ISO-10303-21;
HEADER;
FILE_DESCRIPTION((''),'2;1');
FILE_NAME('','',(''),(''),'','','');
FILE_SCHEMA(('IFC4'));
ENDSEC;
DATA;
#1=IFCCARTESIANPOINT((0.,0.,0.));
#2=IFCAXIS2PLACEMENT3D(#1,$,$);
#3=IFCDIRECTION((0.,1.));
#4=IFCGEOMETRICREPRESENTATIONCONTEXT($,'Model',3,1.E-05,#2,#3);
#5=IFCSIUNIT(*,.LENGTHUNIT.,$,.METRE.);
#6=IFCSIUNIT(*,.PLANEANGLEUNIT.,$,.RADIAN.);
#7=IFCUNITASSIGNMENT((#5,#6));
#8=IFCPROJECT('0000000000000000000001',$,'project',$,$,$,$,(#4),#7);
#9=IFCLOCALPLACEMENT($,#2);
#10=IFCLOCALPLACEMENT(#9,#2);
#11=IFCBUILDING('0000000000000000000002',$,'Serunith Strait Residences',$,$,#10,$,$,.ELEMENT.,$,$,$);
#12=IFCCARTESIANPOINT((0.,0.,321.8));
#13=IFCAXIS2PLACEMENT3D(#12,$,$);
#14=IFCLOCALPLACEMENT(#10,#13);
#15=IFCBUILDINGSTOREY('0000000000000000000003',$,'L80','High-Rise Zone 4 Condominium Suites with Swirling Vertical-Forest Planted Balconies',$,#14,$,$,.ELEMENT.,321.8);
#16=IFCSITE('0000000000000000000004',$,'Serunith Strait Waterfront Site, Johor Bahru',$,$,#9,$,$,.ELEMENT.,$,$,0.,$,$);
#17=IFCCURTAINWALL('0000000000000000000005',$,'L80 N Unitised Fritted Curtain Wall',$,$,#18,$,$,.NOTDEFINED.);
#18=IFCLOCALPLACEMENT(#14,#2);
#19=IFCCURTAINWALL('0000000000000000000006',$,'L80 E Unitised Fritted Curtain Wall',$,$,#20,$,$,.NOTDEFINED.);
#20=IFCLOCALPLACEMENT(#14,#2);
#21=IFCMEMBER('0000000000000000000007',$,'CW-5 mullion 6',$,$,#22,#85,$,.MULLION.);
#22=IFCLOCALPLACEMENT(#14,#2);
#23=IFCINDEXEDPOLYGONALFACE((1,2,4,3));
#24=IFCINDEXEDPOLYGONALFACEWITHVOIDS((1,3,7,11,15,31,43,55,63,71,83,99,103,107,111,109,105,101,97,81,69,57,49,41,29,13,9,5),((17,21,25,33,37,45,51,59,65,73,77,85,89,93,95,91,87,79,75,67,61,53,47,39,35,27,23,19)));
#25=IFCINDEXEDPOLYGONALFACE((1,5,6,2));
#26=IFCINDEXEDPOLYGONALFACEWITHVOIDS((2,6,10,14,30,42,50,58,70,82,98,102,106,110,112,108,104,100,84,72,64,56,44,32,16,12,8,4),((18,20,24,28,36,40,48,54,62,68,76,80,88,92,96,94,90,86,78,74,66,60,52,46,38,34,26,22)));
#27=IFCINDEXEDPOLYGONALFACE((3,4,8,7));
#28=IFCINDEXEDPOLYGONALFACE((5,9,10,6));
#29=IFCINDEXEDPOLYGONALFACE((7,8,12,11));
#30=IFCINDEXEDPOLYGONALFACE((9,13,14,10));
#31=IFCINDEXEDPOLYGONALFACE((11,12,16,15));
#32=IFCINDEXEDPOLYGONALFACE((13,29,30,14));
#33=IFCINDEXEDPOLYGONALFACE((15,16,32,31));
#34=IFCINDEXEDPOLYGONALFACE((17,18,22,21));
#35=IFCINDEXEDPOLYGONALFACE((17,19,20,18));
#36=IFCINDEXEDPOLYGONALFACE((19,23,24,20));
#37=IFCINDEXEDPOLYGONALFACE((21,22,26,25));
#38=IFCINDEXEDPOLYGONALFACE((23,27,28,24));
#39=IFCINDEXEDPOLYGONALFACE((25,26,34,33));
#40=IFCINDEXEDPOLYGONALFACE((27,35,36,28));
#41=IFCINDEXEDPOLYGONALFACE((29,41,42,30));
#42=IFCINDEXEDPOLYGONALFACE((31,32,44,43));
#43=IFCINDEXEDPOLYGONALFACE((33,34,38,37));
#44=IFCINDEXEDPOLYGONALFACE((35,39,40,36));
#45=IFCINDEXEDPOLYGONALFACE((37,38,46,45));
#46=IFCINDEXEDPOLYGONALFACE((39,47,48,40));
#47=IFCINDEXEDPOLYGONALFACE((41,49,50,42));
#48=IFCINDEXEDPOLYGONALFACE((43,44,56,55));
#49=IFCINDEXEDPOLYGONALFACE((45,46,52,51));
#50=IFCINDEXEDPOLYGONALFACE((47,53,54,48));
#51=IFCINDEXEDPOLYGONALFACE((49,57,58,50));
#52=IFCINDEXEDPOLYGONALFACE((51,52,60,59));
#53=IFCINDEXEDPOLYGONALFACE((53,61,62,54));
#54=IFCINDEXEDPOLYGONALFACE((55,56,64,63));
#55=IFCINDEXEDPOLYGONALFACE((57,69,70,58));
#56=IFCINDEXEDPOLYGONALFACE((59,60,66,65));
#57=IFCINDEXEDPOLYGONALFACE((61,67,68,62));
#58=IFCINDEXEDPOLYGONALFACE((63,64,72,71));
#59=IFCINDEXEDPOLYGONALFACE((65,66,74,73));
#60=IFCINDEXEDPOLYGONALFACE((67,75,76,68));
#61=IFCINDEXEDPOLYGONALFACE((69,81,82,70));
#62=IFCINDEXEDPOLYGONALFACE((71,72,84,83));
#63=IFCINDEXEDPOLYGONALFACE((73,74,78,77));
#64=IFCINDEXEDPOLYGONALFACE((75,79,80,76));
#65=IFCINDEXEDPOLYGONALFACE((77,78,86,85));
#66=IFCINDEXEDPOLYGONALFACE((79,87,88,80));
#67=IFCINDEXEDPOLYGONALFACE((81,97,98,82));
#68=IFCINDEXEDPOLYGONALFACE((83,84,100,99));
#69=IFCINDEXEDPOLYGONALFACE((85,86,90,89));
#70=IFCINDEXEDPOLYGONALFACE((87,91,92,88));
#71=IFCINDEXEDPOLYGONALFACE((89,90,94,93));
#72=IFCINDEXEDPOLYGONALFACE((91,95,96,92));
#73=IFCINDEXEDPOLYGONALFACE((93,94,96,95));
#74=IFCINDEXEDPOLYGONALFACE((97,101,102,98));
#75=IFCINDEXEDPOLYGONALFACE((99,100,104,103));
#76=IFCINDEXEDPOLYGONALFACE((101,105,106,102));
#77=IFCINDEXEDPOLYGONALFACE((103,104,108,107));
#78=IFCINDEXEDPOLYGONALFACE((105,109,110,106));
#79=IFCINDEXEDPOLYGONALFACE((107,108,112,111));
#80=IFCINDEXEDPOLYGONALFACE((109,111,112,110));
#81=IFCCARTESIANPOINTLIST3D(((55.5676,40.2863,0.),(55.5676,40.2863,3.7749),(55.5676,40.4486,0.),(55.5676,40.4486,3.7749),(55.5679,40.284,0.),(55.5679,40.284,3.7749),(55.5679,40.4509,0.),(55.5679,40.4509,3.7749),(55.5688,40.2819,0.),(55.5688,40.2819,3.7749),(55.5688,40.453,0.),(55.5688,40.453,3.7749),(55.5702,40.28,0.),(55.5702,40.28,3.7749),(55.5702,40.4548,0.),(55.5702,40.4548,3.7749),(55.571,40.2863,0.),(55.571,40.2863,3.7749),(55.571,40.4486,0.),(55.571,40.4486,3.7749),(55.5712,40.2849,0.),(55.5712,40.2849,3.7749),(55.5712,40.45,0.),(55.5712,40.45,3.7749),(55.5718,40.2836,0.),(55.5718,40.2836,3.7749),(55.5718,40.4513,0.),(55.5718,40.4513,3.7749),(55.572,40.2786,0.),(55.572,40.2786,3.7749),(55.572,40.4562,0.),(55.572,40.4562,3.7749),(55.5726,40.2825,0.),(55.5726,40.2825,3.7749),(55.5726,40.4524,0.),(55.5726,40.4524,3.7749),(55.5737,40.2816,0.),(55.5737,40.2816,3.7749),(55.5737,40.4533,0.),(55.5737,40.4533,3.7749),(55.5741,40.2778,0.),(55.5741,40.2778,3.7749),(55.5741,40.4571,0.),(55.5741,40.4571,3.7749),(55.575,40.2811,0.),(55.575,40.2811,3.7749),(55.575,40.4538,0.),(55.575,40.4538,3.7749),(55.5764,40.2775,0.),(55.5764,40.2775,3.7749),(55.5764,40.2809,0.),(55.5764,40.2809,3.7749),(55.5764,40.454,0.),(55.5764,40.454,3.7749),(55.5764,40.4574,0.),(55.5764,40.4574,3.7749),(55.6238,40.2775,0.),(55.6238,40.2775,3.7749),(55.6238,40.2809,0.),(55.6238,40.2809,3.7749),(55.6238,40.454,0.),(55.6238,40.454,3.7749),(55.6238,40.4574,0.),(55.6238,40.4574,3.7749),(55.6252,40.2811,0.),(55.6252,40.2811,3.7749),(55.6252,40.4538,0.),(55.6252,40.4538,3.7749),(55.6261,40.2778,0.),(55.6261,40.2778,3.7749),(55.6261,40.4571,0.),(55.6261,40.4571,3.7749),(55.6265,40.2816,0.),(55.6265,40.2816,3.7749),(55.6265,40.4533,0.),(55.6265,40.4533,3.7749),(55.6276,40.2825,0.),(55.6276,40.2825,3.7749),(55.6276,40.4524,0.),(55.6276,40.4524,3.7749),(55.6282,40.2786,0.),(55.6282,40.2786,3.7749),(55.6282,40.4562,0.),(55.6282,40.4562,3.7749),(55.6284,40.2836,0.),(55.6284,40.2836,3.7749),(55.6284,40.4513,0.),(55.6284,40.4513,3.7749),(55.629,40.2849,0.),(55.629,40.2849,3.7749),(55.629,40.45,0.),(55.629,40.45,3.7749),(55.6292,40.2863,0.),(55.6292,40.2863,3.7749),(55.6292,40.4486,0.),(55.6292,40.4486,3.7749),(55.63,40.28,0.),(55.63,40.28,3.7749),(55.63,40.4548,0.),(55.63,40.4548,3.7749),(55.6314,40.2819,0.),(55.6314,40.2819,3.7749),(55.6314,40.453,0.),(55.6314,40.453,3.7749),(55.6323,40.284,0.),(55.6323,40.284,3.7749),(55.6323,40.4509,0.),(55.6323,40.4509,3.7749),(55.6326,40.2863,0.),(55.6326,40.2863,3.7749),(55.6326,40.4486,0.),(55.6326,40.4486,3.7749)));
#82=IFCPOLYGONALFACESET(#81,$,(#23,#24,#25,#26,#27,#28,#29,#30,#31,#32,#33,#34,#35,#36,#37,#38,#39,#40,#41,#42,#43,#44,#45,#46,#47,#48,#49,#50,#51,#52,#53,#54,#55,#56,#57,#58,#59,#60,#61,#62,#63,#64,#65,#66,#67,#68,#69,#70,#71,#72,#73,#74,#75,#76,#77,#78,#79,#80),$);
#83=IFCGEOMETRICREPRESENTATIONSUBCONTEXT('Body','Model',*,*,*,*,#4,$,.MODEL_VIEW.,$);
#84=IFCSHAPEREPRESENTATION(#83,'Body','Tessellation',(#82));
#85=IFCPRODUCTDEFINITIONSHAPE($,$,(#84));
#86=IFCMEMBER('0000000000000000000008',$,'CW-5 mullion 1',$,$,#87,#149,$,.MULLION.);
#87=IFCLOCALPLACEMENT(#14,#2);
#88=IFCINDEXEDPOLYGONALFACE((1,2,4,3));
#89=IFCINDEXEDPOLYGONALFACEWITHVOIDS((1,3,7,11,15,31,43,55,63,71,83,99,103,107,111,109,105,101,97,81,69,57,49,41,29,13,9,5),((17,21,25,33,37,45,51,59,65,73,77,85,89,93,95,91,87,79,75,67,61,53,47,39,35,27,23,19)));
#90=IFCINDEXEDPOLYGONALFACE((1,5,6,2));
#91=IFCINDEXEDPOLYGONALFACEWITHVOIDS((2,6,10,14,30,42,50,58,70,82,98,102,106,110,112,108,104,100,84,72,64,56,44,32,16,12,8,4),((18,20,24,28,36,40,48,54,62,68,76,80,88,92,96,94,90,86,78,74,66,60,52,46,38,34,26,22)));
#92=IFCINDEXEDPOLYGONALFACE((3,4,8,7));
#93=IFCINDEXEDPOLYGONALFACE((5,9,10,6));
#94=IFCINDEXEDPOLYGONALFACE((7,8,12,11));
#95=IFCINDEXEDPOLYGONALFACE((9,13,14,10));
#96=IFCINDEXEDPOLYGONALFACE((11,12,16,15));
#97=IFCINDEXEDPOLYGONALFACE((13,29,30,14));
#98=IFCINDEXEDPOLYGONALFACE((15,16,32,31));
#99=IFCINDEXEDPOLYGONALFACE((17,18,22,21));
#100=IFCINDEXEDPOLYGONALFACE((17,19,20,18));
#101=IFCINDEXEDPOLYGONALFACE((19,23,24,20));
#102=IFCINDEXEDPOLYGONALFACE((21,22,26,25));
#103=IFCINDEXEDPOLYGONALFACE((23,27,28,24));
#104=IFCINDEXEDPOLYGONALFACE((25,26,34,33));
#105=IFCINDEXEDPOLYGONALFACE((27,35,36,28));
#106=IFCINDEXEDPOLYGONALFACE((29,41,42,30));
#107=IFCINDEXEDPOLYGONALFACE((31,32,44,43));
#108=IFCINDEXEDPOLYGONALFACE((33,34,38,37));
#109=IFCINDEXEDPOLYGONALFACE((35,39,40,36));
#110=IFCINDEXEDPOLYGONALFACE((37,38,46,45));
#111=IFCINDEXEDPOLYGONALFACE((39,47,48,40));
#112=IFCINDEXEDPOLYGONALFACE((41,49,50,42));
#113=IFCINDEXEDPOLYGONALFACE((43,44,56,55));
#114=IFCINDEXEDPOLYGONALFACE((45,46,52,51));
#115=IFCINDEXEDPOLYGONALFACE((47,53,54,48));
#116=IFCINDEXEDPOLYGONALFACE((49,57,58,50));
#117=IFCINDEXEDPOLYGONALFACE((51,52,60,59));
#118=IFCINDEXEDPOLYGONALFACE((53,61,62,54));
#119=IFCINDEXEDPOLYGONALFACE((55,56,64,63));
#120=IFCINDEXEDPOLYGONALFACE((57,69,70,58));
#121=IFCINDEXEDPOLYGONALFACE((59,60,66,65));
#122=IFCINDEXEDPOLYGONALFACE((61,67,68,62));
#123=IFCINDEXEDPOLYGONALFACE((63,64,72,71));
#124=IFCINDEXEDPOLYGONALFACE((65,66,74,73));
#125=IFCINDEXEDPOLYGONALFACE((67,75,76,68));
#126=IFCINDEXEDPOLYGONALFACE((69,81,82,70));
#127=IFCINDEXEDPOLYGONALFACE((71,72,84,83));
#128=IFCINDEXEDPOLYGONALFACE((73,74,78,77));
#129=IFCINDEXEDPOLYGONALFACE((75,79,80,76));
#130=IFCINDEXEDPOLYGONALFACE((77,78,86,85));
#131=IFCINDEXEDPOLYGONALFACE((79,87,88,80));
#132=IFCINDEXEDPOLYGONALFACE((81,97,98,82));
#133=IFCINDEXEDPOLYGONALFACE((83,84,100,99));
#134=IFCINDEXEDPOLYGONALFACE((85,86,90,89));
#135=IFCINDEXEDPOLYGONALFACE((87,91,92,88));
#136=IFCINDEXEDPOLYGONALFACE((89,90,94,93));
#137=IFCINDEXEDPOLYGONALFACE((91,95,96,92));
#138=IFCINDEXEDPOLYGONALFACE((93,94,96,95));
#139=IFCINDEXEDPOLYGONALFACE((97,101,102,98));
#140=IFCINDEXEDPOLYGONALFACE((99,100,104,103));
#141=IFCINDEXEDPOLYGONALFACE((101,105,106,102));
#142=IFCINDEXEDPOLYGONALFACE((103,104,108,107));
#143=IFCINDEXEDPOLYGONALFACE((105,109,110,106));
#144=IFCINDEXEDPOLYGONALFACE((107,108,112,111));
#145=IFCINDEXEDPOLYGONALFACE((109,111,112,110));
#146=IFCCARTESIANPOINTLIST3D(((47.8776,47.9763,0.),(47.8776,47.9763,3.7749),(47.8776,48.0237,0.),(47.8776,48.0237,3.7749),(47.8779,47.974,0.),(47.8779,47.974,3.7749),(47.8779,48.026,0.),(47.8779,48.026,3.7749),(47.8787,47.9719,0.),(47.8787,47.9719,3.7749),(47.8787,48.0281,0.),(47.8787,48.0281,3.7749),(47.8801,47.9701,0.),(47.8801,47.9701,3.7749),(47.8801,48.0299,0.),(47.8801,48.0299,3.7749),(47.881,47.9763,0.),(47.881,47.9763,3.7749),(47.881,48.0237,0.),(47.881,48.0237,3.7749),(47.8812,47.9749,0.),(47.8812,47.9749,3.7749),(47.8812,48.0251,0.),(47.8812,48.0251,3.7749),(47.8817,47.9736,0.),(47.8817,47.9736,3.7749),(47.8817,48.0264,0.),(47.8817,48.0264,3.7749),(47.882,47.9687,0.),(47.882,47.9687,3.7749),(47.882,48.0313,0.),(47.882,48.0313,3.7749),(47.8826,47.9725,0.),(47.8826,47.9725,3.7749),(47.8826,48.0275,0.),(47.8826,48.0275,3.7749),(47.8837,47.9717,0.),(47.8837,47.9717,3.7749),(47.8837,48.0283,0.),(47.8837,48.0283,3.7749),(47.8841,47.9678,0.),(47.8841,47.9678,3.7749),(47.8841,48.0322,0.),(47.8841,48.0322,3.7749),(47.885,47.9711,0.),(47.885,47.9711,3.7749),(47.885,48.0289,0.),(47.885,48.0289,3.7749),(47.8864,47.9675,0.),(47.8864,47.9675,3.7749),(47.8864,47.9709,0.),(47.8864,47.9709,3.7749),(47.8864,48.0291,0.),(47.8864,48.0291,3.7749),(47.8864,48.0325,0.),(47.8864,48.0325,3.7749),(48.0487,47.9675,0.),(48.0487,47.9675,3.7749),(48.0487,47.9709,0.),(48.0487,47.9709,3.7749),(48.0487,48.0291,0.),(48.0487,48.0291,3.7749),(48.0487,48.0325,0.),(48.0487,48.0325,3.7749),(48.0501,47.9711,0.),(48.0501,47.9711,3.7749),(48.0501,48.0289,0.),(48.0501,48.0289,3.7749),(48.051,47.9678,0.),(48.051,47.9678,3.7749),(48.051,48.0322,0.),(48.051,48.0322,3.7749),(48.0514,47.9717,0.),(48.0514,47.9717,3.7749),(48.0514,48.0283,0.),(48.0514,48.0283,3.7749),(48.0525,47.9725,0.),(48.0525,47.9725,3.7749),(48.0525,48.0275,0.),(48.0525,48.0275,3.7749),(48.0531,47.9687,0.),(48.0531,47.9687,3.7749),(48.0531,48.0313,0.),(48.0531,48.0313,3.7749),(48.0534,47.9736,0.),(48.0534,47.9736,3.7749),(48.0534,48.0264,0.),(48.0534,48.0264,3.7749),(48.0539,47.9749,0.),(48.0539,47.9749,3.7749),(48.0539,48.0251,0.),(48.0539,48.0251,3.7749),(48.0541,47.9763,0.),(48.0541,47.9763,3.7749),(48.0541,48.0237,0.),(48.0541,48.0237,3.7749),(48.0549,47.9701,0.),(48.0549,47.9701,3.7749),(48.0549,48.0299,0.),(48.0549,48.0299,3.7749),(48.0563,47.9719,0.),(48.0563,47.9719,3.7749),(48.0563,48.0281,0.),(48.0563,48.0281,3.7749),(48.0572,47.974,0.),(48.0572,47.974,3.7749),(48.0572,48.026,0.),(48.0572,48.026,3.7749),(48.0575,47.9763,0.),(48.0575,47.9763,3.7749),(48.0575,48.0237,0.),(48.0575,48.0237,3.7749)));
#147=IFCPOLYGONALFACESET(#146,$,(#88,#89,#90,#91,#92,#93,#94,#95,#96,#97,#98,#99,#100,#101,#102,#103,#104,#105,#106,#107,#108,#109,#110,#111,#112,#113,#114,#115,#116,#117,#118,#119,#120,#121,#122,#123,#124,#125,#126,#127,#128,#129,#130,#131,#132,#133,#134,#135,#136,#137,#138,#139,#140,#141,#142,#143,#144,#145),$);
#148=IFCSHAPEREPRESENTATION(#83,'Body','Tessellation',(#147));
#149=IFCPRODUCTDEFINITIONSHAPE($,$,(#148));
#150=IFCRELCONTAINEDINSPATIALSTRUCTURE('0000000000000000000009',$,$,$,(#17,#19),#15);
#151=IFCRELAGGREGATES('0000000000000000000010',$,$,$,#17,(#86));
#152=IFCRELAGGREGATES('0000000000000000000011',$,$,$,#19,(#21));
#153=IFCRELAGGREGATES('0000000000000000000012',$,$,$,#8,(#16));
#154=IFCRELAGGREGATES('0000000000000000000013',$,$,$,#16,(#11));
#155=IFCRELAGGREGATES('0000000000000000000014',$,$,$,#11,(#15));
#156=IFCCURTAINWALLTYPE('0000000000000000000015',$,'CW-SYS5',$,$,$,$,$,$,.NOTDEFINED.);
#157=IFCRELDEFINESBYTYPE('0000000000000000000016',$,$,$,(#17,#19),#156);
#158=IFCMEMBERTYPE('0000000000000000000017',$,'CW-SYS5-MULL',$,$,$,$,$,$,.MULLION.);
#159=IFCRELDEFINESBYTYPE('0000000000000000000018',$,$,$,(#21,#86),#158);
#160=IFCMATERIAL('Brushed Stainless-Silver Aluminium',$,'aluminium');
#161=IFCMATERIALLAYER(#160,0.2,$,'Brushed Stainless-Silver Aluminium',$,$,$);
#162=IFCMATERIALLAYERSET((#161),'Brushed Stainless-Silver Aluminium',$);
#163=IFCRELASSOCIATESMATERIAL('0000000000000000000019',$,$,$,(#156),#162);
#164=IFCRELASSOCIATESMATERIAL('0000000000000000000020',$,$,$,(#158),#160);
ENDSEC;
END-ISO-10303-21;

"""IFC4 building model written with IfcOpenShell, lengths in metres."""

from ifc_helpers import new_model, si_unit, direction, frame, origin, origin_2d, place, context, subcontext, project, spatial, hollow_rectangle, extrude, source, transform, mapped, material, layer, layer_set, material_profile, profile_set, type_object, element, aggregate, save


model = new_model("IFC4")

# Units and contexts
model_context = context("Model", 3, precision=1e-05, world=origin(), true_north=direction((0.0, 1.0)))
body_context = subcontext(model_context, "Body", "Model", "MODEL_VIEW")
ifc_project = project(units=[si_unit("LENGTHUNIT", "METRE"), si_unit("PLANEANGLEUNIT", "RADIAN")], contexts=[model_context])

# Site, building, storey
site_placement = place(None, origin())
site = spatial("IfcSite", under=ifc_project, at=site_placement, Name="Serunith Strait Waterfront Site, Johor Bahru", CompositionType="ELEMENT", RefElevation=0.0)
building_placement = place(site_placement, origin())
building = spatial("IfcBuilding", under=site, at=building_placement, Name="Serunith Strait Residences", CompositionType="ELEMENT")
storey_placement = place(building_placement, frame((0.0, 0.0, 321.8)))
storey = spatial("IfcBuildingStorey", under=building, at=storey_placement, Name="L80", Description="High-Rise Zone 4 Condominium Suites with Swirling Vertical-Forest Planted Balconies", CompositionType="ELEMENT", Elevation=321.8)

# Curtain wall
ifc_material_1 = material(Name="Brushed Stainless-Silver Aluminium", Category="aluminium")
ifc_layer_1 = layer(ifc_material_1, 0.2, Name="Brushed Stainless-Silver Aluminium")
ifc_layer_set_1 = layer_set([ifc_layer_1], Name="Brushed Stainless-Silver Aluminium")
curtain_wall_type = type_object("IfcCurtainWallType", Name="CW-SYS5", PredefinedType="NOTDEFINED", material=ifc_layer_set_1)
curtain_wall_1_placement = place(storey_placement, origin())
curtain_wall_1 = element("IfcCurtainWall", 1, at=curtain_wall_1_placement, inside=storey, type_object=curtain_wall_type, Name="L80 N Unitised Fritted Curtain Wall", PredefinedType="NOTDEFINED")

# Curtain wall, member
curtain_wall_2_placement = place(storey_placement, origin())
curtain_wall_2 = element("IfcCurtainWall", 2, at=curtain_wall_2_placement, inside=storey, type_object=curtain_wall_type, Name="L80 E Unitised Fritted Curtain Wall", PredefinedType="NOTDEFINED")
ifc_material_profile_1 = material_profile(ifc_material_1, hollow_rectangle(XDim=0.0649, YDim=0.1799, WallThickness=0.0034, InnerFilletRadius=0.0054, OuterFilletRadius=0.0088, at=origin_2d()), Name="ALU 180x65x3.5")
ifc_profile_set_1 = profile_set([ifc_material_profile_1], Name="Brushed Stainless-Silver Aluminium")
member_type_1 = type_object("IfcMemberType", Name="CW-SYS5-MULL", PredefinedType="MULLION", material=ifc_profile_set_1)
shared_shape_1 = source(origin(), body_context, "Body", "SweptSolid", [
    extrude(hollow_rectangle(XDim=0.0649, YDim=0.1799, WallThickness=0.0034, InnerFilletRadius=0.0054, OuterFilletRadius=0.0088, at=origin_2d()), origin(), (0.0, 0.0, 1.0), 3.7749),
])
member_1_placement = place(storey_placement, frame((55.6001, 40.3674, 0.0), z_axis=(0.0, 0.0, 1.0), x_axis=(-1.0, 0.0, 0.0)))
member_1 = element("IfcMember", 3, at=member_1_placement, type_object=member_type_1, Name="CW-5 mullion 6", PredefinedType="MULLION", context=body_context, shape_type="MappedRepresentation", body=[
    mapped(shared_shape_1, transform((0.0, 0.0, 0.0), scale=1.0)),
])

# Member
member_2_placement = place(storey_placement, frame((47.9675, 48.0, 0.0), z_axis=(0.0, 0.0, 1.0), x_axis=(0.0, -1.0, 0.0)))
member_2 = element("IfcMember", 4, at=member_2_placement, type_object=member_type_1, Name="CW-5 mullion 1", PredefinedType="MULLION", context=body_context, shape_type="MappedRepresentation", body=[
    mapped(shared_shape_1, transform((0.0, 0.0, 0.0), scale=1.0)),
])

aggregate(curtain_wall_1, [member_2])
aggregate(curtain_wall_2, [member_1])

save(model, "model.ifc")
